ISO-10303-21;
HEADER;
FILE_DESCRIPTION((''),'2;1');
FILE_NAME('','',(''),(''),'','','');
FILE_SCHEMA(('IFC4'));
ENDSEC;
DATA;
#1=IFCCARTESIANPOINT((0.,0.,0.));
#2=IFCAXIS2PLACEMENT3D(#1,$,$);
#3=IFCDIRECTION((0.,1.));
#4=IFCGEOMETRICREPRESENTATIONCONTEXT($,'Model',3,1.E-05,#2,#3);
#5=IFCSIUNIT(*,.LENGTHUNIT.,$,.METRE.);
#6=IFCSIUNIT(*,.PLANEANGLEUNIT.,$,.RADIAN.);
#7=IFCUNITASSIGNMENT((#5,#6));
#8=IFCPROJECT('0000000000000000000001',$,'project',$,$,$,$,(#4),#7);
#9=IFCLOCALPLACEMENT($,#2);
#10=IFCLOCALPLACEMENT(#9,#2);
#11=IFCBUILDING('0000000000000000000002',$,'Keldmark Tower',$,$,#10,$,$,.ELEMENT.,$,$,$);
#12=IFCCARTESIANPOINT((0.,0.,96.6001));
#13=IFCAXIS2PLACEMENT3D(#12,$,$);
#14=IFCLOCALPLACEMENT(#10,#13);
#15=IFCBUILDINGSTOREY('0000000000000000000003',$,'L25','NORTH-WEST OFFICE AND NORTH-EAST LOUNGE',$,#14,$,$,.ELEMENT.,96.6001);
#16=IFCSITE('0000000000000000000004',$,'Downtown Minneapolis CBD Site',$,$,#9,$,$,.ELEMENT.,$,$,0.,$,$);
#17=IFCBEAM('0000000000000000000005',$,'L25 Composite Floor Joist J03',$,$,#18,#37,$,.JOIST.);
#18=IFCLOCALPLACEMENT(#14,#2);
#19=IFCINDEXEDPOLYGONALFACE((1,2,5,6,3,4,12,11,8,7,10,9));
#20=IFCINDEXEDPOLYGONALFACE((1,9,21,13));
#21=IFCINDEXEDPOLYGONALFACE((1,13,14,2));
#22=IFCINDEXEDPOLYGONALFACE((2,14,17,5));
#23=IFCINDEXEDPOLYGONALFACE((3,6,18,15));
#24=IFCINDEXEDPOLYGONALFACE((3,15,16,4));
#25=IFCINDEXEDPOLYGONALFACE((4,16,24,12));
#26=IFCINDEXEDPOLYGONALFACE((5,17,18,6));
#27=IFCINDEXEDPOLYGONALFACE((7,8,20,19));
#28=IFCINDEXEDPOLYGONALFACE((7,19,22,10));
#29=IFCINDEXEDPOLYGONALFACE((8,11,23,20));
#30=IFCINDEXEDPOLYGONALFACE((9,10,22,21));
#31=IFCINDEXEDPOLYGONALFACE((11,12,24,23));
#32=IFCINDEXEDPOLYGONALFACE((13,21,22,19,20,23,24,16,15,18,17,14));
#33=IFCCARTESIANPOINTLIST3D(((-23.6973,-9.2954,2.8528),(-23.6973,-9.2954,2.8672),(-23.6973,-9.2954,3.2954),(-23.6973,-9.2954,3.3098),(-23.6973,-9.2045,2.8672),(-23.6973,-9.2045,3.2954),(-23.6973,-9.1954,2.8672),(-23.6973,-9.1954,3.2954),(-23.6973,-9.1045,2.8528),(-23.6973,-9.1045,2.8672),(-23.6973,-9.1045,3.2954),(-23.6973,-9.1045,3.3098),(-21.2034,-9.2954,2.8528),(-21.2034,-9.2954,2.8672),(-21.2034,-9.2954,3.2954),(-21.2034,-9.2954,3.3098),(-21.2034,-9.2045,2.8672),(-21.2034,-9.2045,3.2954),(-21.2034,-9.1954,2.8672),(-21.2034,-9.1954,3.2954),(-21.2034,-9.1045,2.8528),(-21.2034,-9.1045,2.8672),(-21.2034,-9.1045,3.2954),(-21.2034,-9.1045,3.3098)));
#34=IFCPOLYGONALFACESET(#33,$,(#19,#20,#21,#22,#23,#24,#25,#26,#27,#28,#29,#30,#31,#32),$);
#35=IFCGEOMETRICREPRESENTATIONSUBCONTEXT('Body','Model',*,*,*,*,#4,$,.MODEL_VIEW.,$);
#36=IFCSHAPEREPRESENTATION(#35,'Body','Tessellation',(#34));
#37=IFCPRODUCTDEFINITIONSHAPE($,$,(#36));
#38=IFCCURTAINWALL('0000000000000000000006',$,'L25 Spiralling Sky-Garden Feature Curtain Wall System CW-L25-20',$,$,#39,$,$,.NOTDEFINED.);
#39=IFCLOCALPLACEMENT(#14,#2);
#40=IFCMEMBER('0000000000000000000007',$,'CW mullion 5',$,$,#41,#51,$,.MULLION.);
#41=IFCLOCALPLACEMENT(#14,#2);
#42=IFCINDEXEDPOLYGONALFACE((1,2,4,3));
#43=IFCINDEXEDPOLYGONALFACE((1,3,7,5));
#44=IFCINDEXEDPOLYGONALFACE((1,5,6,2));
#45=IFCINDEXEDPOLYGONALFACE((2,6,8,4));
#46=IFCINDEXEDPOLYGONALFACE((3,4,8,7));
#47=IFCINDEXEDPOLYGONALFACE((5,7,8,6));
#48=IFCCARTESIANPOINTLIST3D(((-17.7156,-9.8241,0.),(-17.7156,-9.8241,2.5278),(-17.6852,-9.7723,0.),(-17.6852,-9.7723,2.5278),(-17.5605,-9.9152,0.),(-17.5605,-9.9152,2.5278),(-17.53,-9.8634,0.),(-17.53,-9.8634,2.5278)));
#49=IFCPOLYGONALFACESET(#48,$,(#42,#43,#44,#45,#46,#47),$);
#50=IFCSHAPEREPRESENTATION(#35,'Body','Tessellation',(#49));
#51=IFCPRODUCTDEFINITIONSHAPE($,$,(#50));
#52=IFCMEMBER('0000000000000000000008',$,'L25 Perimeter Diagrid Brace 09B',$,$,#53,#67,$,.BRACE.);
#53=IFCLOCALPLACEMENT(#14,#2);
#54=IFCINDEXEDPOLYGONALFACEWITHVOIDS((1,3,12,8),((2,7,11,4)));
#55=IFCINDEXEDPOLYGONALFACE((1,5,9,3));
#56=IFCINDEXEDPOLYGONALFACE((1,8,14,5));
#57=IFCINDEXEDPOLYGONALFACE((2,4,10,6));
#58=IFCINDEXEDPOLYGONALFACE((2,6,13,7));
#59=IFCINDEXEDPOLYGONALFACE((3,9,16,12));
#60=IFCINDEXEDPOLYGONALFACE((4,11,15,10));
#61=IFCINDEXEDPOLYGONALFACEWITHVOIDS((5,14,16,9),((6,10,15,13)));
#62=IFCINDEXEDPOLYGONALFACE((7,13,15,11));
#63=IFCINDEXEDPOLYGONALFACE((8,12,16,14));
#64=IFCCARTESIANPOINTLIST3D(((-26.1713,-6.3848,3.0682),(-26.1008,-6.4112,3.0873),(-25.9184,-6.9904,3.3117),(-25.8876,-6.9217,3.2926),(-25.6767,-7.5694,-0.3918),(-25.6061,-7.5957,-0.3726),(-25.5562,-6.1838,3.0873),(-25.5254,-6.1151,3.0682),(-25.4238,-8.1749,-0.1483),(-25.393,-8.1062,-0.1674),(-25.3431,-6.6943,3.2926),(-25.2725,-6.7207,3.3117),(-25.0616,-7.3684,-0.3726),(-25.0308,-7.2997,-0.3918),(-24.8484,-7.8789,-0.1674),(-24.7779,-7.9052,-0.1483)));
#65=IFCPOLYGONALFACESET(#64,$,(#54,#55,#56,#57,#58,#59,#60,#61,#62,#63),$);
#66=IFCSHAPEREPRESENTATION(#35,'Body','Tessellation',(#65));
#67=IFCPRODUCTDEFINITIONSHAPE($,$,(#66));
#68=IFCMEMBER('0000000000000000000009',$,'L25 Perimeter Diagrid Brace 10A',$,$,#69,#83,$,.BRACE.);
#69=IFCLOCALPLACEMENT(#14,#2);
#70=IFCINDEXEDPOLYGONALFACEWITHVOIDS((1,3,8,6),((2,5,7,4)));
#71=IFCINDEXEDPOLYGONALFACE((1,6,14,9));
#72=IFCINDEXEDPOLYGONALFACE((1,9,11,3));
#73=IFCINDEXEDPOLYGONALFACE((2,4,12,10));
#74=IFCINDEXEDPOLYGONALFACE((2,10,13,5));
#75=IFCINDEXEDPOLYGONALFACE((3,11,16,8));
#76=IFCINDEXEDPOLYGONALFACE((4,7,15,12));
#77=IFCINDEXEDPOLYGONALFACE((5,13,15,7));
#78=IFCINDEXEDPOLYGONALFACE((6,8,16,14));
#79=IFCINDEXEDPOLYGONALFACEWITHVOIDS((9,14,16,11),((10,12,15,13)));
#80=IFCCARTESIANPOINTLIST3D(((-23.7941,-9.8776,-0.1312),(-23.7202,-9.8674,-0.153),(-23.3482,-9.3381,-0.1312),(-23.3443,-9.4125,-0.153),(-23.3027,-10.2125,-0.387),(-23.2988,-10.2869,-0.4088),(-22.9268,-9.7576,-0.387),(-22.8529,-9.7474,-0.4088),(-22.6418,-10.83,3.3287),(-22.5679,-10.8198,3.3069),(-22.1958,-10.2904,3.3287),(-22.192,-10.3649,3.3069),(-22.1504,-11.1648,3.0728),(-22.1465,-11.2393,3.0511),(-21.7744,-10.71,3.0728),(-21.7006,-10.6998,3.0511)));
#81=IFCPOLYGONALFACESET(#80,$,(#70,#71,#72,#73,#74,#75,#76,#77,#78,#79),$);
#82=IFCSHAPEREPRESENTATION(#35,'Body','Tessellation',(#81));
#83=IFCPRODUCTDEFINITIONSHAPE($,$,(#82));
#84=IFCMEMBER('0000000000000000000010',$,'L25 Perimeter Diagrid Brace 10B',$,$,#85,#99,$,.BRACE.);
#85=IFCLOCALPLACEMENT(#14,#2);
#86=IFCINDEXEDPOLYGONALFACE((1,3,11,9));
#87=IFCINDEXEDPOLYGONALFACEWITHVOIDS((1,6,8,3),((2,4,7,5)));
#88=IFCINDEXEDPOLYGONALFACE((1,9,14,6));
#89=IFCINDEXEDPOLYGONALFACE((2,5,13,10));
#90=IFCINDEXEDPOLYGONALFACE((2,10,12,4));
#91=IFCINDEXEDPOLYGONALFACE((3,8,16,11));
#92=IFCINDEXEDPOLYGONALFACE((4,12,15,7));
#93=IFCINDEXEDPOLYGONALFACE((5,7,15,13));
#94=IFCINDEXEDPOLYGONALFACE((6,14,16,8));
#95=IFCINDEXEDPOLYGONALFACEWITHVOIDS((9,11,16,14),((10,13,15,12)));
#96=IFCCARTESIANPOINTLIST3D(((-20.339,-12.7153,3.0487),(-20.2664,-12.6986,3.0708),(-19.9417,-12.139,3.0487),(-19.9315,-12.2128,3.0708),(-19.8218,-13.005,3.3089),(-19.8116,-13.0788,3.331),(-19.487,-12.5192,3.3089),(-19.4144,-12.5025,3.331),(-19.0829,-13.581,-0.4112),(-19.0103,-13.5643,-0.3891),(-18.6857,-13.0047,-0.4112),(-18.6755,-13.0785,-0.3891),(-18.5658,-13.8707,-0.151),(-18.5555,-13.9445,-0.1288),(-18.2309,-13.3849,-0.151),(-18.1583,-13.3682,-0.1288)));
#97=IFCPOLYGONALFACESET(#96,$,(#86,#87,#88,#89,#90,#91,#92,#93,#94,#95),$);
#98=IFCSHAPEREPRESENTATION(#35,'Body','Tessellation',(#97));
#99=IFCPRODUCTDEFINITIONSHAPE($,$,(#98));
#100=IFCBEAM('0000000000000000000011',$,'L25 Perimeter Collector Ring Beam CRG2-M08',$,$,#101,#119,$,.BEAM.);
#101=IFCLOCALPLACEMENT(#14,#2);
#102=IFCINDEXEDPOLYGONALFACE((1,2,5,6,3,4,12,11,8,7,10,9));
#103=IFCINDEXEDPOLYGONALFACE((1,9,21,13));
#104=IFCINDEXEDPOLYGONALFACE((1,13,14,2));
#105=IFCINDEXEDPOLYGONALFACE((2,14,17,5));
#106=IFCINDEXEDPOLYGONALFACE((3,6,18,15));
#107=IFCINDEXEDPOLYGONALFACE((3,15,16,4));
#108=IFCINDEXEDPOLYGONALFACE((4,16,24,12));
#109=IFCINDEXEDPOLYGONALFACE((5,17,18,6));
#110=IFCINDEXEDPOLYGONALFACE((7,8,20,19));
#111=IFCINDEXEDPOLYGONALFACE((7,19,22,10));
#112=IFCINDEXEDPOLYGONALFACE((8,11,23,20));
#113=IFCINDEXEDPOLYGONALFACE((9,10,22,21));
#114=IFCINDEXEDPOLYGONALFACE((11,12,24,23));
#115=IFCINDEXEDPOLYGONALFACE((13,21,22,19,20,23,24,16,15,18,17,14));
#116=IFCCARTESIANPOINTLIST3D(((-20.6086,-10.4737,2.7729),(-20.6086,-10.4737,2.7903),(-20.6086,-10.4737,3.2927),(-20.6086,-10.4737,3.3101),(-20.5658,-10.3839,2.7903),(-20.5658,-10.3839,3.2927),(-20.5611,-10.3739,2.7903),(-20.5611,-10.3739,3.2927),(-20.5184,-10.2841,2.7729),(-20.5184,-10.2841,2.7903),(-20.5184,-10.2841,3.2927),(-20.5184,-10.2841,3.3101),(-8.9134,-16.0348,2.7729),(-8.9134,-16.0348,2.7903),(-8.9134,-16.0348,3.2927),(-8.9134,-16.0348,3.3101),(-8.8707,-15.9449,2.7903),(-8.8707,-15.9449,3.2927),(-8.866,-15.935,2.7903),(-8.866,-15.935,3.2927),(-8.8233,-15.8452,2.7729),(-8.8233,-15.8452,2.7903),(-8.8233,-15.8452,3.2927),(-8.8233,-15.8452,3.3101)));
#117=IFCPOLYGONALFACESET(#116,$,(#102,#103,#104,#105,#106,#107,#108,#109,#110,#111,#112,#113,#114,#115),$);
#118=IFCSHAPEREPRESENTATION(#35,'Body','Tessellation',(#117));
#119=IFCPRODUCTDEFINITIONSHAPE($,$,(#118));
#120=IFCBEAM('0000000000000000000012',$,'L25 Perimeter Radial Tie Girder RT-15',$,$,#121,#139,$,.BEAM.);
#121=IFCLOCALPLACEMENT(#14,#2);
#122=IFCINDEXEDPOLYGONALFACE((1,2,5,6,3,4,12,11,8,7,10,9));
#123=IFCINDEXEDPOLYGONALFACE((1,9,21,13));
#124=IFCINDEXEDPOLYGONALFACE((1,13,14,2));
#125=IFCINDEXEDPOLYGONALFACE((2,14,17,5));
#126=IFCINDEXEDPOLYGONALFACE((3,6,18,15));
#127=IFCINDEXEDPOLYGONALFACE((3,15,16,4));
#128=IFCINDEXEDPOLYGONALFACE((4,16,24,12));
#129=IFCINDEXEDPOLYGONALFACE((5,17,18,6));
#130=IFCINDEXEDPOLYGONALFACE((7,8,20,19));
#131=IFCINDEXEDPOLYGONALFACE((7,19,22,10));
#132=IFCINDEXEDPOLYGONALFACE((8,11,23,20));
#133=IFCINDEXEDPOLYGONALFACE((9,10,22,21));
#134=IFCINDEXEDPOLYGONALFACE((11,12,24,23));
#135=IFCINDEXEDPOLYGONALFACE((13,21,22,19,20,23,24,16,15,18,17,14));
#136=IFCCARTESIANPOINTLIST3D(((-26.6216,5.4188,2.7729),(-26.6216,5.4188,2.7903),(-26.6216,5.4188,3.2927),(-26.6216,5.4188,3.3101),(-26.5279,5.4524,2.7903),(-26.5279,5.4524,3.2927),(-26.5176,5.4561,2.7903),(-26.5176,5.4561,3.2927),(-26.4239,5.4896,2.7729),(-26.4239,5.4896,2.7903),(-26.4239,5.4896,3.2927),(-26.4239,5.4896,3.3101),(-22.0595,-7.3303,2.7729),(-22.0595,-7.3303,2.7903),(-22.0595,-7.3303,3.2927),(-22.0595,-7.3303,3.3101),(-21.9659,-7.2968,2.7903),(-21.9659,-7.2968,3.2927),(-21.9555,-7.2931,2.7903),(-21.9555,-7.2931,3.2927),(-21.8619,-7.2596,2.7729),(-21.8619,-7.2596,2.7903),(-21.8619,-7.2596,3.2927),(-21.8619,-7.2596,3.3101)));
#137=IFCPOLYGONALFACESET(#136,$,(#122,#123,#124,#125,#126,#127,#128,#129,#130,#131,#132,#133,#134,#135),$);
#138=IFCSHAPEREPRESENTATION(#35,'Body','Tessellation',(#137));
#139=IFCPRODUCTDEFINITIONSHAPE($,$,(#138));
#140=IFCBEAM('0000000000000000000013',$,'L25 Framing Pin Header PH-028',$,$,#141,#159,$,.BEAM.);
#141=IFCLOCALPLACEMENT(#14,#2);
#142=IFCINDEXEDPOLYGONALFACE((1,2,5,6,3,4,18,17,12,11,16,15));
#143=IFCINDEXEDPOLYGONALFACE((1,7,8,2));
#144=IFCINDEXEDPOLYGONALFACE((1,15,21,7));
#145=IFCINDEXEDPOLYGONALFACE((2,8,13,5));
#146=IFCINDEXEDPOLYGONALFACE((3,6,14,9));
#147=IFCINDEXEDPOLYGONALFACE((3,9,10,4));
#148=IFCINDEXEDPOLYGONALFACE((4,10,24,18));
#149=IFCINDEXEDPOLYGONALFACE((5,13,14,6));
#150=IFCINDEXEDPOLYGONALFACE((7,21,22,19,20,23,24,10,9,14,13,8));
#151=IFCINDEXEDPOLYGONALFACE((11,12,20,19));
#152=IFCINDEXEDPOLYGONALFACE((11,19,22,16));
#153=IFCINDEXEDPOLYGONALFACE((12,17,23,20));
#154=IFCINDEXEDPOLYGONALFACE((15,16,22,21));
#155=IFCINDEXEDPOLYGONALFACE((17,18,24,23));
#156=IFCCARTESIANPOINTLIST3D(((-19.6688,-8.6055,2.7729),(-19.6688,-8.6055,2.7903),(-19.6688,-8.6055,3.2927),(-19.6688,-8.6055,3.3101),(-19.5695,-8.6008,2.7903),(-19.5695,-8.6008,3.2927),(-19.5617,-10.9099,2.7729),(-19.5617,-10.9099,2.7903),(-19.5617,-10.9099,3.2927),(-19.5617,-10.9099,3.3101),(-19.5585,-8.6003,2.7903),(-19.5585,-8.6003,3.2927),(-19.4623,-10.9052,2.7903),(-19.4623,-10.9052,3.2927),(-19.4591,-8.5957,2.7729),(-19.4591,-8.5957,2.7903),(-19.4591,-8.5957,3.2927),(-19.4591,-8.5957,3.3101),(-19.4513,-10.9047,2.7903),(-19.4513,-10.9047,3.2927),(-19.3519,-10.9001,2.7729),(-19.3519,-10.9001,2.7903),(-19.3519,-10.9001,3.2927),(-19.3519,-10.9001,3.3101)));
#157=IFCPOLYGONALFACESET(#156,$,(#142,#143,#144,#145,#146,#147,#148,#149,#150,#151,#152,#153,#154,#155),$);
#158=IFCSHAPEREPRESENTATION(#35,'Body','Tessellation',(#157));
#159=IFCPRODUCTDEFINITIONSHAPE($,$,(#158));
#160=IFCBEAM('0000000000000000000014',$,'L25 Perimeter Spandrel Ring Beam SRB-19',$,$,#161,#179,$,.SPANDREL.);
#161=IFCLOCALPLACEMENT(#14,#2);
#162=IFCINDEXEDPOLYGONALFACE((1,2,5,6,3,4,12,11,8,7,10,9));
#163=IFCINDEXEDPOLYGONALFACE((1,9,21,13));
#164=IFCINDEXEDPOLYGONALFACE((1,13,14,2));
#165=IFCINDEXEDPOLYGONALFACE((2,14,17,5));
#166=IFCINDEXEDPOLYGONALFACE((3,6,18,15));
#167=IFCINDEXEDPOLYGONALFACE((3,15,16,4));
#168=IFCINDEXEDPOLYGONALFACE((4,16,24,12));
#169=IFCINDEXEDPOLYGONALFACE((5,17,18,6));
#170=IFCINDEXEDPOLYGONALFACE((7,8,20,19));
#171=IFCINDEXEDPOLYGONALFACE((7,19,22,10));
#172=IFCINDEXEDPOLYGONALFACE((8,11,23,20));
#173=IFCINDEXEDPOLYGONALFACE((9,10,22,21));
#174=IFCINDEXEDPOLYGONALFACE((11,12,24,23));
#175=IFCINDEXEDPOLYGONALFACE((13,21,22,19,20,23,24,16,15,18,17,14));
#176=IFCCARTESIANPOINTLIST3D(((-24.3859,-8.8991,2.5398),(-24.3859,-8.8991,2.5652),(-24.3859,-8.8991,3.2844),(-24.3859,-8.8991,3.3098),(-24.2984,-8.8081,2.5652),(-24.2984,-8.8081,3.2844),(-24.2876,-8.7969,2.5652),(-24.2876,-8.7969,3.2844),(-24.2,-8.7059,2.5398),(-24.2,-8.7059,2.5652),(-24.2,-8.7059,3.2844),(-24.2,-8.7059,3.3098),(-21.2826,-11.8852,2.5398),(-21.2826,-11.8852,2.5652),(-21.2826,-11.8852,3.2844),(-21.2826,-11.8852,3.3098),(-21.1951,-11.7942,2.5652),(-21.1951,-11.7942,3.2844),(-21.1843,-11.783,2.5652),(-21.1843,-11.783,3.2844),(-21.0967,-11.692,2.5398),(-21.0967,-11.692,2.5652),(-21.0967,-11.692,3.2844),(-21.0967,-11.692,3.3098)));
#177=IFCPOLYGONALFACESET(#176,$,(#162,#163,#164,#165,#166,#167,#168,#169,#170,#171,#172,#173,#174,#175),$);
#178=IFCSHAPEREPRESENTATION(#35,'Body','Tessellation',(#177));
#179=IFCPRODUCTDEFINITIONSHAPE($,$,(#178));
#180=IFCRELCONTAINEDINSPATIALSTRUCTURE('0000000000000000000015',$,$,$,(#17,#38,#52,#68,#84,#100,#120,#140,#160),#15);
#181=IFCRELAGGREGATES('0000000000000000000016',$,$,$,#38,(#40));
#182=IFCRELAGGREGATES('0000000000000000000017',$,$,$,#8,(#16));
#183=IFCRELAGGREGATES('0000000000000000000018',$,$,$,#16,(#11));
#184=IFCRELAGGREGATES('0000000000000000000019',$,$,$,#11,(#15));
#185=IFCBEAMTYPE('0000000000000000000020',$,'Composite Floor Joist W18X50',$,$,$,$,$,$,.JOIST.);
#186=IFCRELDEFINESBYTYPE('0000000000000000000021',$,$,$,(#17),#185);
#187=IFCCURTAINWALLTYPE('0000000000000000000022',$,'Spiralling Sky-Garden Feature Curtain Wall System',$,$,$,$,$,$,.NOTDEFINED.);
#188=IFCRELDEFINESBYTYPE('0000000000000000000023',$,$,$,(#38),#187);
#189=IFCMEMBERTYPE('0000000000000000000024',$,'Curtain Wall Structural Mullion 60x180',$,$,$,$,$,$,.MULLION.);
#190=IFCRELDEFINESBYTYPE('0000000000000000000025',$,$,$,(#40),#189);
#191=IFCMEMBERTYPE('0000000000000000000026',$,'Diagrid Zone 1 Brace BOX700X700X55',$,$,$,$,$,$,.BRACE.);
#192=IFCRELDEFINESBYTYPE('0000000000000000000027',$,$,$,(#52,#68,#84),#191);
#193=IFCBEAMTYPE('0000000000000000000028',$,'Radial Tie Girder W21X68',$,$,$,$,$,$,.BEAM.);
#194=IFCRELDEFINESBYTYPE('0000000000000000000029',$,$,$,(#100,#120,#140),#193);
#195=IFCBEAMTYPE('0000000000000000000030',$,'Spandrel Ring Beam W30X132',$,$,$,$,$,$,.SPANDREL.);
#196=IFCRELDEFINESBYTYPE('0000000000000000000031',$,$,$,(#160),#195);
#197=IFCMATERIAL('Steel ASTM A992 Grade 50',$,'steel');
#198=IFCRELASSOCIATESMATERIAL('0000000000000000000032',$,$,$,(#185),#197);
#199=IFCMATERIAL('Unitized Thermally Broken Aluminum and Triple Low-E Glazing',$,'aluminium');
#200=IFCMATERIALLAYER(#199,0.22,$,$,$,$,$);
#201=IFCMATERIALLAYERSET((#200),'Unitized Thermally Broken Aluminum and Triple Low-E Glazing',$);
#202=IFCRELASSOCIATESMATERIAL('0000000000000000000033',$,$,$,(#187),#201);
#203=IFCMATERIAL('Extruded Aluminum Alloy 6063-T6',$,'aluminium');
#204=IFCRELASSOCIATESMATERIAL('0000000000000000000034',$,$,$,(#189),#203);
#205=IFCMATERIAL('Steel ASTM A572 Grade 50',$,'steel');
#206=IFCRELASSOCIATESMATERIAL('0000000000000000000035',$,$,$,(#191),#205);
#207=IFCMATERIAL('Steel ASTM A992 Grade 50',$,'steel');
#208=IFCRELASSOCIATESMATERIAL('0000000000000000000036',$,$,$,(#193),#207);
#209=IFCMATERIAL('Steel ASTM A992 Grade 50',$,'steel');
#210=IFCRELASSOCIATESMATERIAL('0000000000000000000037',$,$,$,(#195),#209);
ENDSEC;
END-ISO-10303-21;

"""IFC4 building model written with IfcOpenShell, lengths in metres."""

from ifc_helpers import new_model, si_unit, direction, frame, origin, origin_2d, place, context, subcontext, project, spatial, rectangle, hollow_rectangle, i_section, extrude, material, layer, layer_set, material_profile, profile_set, type_object, element, aggregate, save


model = new_model("IFC4")

# Units and contexts
model_context = context("Model", 3, precision=1e-05, world=origin(), true_north=direction((0.0, 1.0)))
body_context = subcontext(model_context, "Body", "Model", "MODEL_VIEW")
ifc_project = project(units=[si_unit("LENGTHUNIT", "METRE"), si_unit("PLANEANGLEUNIT", "RADIAN")], contexts=[model_context])

# Site, building, storey
site_placement = place(None, origin())
site = spatial("IfcSite", under=ifc_project, at=site_placement, Name="Downtown Minneapolis CBD Site", CompositionType="ELEMENT", RefElevation=0.0)
building_placement = place(site_placement, origin())
building = spatial("IfcBuilding", under=site, at=building_placement, Name="Keldmark Tower", CompositionType="ELEMENT")
storey_placement = place(building_placement, frame((0.0, 0.0, 96.6001)))
storey = spatial("IfcBuildingStorey", under=building, at=storey_placement, Name="L25", Description="NORTH-WEST OFFICE AND NORTH-EAST LOUNGE", CompositionType="ELEMENT", Elevation=96.6001)

# Beam
ifc_material_1 = material(Name="Steel ASTM A992 Grade 50", Category="steel")
ifc_material_profile_1 = material_profile(ifc_material_1, i_section(OverallWidth=0.1909, OverallDepth=0.457, WebThickness=0.009, FlangeThickness=0.0144, at=origin_2d()), Name="W18X50")
ifc_profile_set_1 = profile_set([ifc_material_profile_1], Name="Steel ASTM A992 Grade 50")
beam_type_1 = type_object("IfcBeamType", Name="Composite Floor Joist W18X50", PredefinedType="JOIST", material=ifc_profile_set_1)
beam_1_placement = place(storey_placement, frame((-23.6973, -9.2, 3.0813), z_axis=(1.0, 0.0, 0.0), x_axis=(0.0, 1.0, 0.0)))
element("IfcBeam", 1, at=beam_1_placement, inside=storey, type_object=beam_type_1, Name="L25 Composite Floor Joist J03", PredefinedType="JOIST", context=body_context, shape_type="SweptSolid", body=[
    extrude(i_section(OverallWidth=0.1909, OverallDepth=0.457, WebThickness=0.009, FlangeThickness=0.0144, at=origin_2d()), origin(), (0.0, 0.0, 1.0), 2.4939),
])

# Curtain wall, member
ifc_material_2 = material(Name="Unitized Thermally Broken Aluminum and Triple Low-E Glazing", Category="aluminium")
ifc_layer_1 = layer(ifc_material_2, 0.22)
ifc_layer_set_1 = layer_set([ifc_layer_1], Name="Unitized Thermally Broken Aluminum and Triple Low-E Glazing")
curtain_wall_type = type_object("IfcCurtainWallType", Name="Spiralling Sky-Garden Feature Curtain Wall System", PredefinedType="NOTDEFINED", material=ifc_layer_set_1)
curtain_wall_placement = place(storey_placement, origin())
curtain_wall = element("IfcCurtainWall", 2, at=curtain_wall_placement, inside=storey, type_object=curtain_wall_type, Name="L25 Spiralling Sky-Garden Feature Curtain Wall System CW-L25-20", PredefinedType="NOTDEFINED")
ifc_material_3 = material(Name="Extruded Aluminum Alloy 6063-T6", Category="aluminium")
ifc_material_profile_2 = material_profile(ifc_material_3, rectangle(XDim=0.0601, YDim=0.1799, at=origin_2d()), Name="CWM60X180")
ifc_profile_set_2 = profile_set([ifc_material_profile_2], Name="Extruded Aluminum Alloy 6063-T6")
member_type_1 = type_object("IfcMemberType", Name="Curtain Wall Structural Mullion 60x180", PredefinedType="MULLION", material=ifc_profile_set_2)
member_1_placement = place(storey_placement, frame((-17.6228, -9.8438, 0.0), z_axis=(0.0, 0.0, 1.0), x_axis=(-0.506662, -0.862145, 0.0)))
member_1 = element("IfcMember", 3, at=member_1_placement, type_object=member_type_1, Name="CW mullion 5", PredefinedType="MULLION", context=body_context, shape_type="SweptSolid", body=[
    extrude(rectangle(XDim=0.0601, YDim=0.1799, at=origin_2d()), origin(), (0.0, 0.0, 1.0), 2.5278),
])
aggregate(curtain_wall, [member_1])

# Members
ifc_material_4 = material(Name="Steel ASTM A572 Grade 50", Category="steel")
ifc_material_profile_3 = material_profile(ifc_material_4, hollow_rectangle(XDim=0.7, YDim=0.7, WallThickness=0.0549, at=origin_2d()), Name="BOX700X700X55")
ifc_profile_set_3 = profile_set([ifc_material_profile_3], Name="Steel ASTM A572 Grade 50")
member_type_2 = type_object("IfcMemberType", Name="Diagrid Zone 1 Brace BOX700X700X55", PredefinedType="BRACE", material=ifc_profile_set_3)
member_2_placement = place(storey_placement, frame((-25.2273, -7.7373, -0.27), z_axis=(-0.134031, 0.320985, 0.937552), x_axis=(-0.922784, -0.385317, 0.0)))
element("IfcMember", 4, at=member_2_placement, inside=storey, type_object=member_type_2, Name="L25 Perimeter Diagrid Brace 09B", PredefinedType="BRACE", context=body_context, shape_type="SweptSolid", body=[
    extrude(hollow_rectangle(XDim=0.7, YDim=0.7, WallThickness=0.0549, at=origin_2d()), origin(), (0.0, 0.0, 1.0), 3.6904),
])
member_3_placement = place(storey_placement, frame((-23.3235, -9.8125, -0.27), z_axis=(0.305733, -0.252683, 0.917975), x_axis=(0.637063, 0.770812, 0.0)))
element("IfcMember", 5, at=member_3_placement, inside=storey, type_object=member_type_2, Name="L25 Perimeter Diagrid Brace 10A", PredefinedType="BRACE", context=body_context, shape_type="SweptSolid", body=[
    extrude(hollow_rectangle(XDim=0.7, YDim=0.7, WallThickness=0.0549, at=origin_2d()), origin(), (0.0, 0.0, 1.0), 3.769),
])
member_4_placement = place(storey_placement, frame((-18.6206, -13.4746, -0.27), z_axis=(-0.332184, 0.228945, 0.915007), x_axis=(-0.567486, -0.823383, 0.0)))
element("IfcMember", 6, at=member_4_placement, inside=storey, type_object=member_type_2, Name="L25 Perimeter Diagrid Brace 10B", PredefinedType="BRACE", context=body_context, shape_type="SweptSolid", body=[
    extrude(hollow_rectangle(XDim=0.7, YDim=0.7, WallThickness=0.0549, at=origin_2d()), origin(), (0.0, 0.0, 1.0), 3.7812),
])

# Beams
ifc_material_5 = material(Name="Steel ASTM A992 Grade 50", Category="steel")
ifc_material_profile_4 = material_profile(ifc_material_5, i_section(OverallWidth=0.21, OverallDepth=0.5371, WebThickness=0.011, FlangeThickness=0.0173, at=origin_2d()), Name="W21X68")
ifc_profile_set_4 = profile_set([ifc_material_profile_4], Name="Steel ASTM A992 Grade 50")
beam_type_2 = type_object("IfcBeamType", Name="Radial Tie Girder W21X68", PredefinedType="BEAM", material=ifc_profile_set_4)
beam_2_placement = place(storey_placement, frame((-20.5635, -10.3789, 3.0415), z_axis=(0.903102, -0.429427, 0.0), x_axis=(0.429427, 0.903102, 0.0)))
element("IfcBeam", 7, at=beam_2_placement, inside=storey, type_object=beam_type_2, Name="L25 Perimeter Collector Ring Beam CRG2-M08", PredefinedType="BEAM", context=body_context, shape_type="SweptSolid", body=[
    extrude(i_section(OverallWidth=0.21, OverallDepth=0.5371, WebThickness=0.011, FlangeThickness=0.0173, at=origin_2d()), origin(), (0.0, 0.0, 1.0), 12.95),
])
beam_3_placement = place(storey_placement, frame((-21.9607, -7.2949, 3.0415), z_axis=(-0.336912, 0.941536, 0.0), x_axis=(-0.941536, -0.336912, 0.0)))
element("IfcBeam", 8, at=beam_3_placement, inside=storey, type_object=beam_type_2, Name="L25 Perimeter Radial Tie Girder RT-15", PredefinedType="BEAM", context=body_context, shape_type="SweptSolid", body=[
    extrude(i_section(OverallWidth=0.21, OverallDepth=0.5371, WebThickness=0.011, FlangeThickness=0.0173, at=origin_2d()), origin(), (0.0, 0.0, 1.0), 13.5408),
])
beam_4_placement = place(storey_placement, frame((-19.564, -8.6006, 3.0415), z_axis=(0.046459, -0.99892, 0.0), x_axis=(0.99892, 0.046459, 0.0)))
element("IfcBeam", 9, at=beam_4_placement, inside=storey, type_object=beam_type_2, Name="L25 Framing Pin Header PH-028", PredefinedType="BEAM", context=body_context, shape_type="SweptSolid", body=[
    extrude(i_section(OverallWidth=0.21, OverallDepth=0.5371, WebThickness=0.011, FlangeThickness=0.0173, at=origin_2d()), origin(), (0.0, 0.0, 1.0), 2.3069),
])
ifc_material_6 = material(Name="Steel ASTM A992 Grade 50", Category="steel")
ifc_material_profile_5 = material_profile(ifc_material_6, i_section(OverallWidth=0.2681, OverallDepth=0.77, WebThickness=0.0156, FlangeThickness=0.0254, at=origin_2d()), Name="W30X132")
ifc_profile_set_5 = profile_set([ifc_material_profile_5], Name="Steel ASTM A992 Grade 50")
beam_type_3 = type_object("IfcBeamType", Name="Spandrel Ring Beam W30X132", PredefinedType="SPANDREL", material=ifc_profile_set_5)
beam_5_placement = place(storey_placement, frame((-24.293, -8.8025, 2.9248), z_axis=(0.720581, -0.69337, 0.0), x_axis=(0.69337, 0.720581, 0.0)))
element("IfcBeam", 10, at=beam_5_placement, inside=storey, type_object=beam_type_3, Name="L25 Perimeter Spandrel Ring Beam SRB-19", PredefinedType="SPANDREL", context=body_context, shape_type="SweptSolid", body=[
    extrude(i_section(OverallWidth=0.2681, OverallDepth=0.77, WebThickness=0.0156, FlangeThickness=0.0254, at=origin_2d()), origin(), (0.0, 0.0, 1.0), 4.3066),
])

save(model, "model.ifc")
